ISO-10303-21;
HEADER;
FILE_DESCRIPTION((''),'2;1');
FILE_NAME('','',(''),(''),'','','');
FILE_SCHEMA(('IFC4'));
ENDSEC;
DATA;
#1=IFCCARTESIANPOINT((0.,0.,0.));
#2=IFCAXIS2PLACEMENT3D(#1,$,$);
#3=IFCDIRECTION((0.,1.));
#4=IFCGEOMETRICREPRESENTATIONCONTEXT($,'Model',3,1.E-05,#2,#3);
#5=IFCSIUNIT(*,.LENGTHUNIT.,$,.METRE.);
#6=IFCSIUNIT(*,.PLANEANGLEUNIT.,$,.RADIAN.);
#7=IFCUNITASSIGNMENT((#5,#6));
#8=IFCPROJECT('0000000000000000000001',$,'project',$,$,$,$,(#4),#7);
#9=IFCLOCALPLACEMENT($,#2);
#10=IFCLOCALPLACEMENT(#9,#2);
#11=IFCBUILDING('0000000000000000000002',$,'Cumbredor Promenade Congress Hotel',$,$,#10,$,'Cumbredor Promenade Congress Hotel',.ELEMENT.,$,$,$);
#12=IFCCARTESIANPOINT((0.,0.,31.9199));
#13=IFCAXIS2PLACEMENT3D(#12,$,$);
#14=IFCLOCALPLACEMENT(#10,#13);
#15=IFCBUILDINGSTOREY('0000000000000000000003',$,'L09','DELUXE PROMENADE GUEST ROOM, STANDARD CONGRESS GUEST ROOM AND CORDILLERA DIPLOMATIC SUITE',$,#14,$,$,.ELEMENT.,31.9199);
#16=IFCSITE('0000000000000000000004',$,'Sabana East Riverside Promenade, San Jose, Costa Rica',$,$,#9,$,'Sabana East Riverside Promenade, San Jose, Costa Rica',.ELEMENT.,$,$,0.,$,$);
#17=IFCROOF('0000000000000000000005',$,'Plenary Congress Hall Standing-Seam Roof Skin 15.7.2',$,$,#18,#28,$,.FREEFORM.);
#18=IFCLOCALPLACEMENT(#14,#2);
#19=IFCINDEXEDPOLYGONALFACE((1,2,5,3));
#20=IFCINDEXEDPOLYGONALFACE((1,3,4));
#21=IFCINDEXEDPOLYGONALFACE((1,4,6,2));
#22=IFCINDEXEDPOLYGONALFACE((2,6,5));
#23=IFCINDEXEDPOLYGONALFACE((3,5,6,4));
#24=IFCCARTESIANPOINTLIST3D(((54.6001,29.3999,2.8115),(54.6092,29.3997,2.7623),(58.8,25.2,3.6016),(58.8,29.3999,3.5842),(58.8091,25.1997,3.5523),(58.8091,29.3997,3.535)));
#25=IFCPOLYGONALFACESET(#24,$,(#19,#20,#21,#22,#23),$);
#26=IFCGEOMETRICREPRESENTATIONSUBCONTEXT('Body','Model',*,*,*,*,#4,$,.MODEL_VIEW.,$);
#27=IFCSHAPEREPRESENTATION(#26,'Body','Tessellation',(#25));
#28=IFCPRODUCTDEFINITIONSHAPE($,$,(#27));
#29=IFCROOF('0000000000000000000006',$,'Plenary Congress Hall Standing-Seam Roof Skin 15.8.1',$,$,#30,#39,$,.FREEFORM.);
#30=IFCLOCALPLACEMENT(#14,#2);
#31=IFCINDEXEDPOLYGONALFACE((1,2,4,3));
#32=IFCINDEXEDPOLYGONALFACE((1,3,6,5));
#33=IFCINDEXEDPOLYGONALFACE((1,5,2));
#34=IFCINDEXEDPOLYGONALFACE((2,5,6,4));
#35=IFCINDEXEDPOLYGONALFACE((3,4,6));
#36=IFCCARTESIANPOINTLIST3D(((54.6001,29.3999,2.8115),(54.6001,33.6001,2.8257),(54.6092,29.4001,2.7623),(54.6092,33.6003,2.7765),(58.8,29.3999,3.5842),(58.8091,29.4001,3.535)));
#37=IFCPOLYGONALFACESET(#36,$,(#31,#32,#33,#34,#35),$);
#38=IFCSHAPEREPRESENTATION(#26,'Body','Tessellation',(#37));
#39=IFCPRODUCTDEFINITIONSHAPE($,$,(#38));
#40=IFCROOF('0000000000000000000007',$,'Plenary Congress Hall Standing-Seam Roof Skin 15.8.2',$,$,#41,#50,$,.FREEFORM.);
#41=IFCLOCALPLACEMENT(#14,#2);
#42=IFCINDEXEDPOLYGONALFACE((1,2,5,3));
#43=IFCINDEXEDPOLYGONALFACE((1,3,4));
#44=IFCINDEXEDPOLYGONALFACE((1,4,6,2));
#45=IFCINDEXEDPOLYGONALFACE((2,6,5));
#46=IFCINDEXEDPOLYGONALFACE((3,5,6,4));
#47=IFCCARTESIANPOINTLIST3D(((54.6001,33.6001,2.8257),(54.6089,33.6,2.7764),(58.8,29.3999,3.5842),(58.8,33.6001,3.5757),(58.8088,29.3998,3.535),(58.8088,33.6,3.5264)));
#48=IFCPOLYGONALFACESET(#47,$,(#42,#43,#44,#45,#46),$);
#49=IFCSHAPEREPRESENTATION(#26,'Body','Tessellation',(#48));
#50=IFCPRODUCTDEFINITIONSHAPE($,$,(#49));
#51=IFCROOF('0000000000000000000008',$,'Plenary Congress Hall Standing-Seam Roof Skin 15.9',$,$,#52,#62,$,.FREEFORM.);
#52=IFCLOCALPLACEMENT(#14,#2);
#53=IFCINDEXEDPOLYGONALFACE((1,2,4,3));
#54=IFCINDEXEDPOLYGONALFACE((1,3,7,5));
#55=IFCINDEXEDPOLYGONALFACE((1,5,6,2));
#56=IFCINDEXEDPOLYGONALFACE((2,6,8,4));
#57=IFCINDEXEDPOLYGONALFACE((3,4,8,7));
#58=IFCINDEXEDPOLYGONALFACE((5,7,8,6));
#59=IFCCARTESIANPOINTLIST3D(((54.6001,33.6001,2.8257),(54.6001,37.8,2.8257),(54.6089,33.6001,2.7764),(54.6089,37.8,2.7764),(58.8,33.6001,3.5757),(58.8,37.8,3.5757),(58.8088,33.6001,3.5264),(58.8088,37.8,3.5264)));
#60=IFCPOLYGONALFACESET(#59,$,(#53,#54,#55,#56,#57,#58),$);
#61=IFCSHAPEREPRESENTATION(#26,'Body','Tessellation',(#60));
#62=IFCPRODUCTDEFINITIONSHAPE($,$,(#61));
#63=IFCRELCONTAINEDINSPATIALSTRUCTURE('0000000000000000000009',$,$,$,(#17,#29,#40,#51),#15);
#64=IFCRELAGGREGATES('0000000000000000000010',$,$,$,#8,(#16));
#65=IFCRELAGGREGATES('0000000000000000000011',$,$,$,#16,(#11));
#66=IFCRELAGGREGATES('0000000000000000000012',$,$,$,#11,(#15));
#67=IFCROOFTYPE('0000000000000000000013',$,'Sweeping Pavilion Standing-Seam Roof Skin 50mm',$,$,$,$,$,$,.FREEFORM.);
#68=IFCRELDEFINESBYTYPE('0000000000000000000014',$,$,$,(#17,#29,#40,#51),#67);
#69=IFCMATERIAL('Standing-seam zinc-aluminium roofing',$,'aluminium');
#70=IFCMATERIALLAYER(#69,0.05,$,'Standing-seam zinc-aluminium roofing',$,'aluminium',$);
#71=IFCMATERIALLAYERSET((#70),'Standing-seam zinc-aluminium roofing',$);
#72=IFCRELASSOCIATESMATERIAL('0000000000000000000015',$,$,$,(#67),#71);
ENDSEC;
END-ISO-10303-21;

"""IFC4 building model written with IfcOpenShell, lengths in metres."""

from ifc_helpers import new_model, si_unit, direction, frame, origin, place, context, subcontext, project, spatial, polyline, outline, extrude, material, layer, layer_set, type_object, element, save


model = new_model("IFC4")

# Units and contexts
model_context = context("Model", 3, precision=1e-05, world=origin(), true_north=direction((0.0, 1.0)))
body_context = subcontext(model_context, "Body", "Model", "MODEL_VIEW")
ifc_project = project(units=[si_unit("LENGTHUNIT", "METRE"), si_unit("PLANEANGLEUNIT", "RADIAN")], contexts=[model_context])

# Site, building, storey
site_placement = place(None, origin())
site = spatial("IfcSite", under=ifc_project, at=site_placement, Name="Sabana East Riverside Promenade, San Jose, Costa Rica", LongName="Sabana East Riverside Promenade, San Jose, Costa Rica", CompositionType="ELEMENT", RefElevation=0.0)
building_placement = place(site_placement, origin())
building = spatial("IfcBuilding", under=site, at=building_placement, Name="Cumbredor Promenade Congress Hotel", LongName="Cumbredor Promenade Congress Hotel", CompositionType="ELEMENT")
storey_placement = place(building_placement, frame((0.0, 0.0, 31.9199)))
storey = spatial("IfcBuildingStorey", under=building, at=storey_placement, Name="L09", Description="DELUXE PROMENADE GUEST ROOM, STANDARD CONGRESS GUEST ROOM AND CORDILLERA DIPLOMATIC SUITE", CompositionType="ELEMENT", Elevation=31.9199)

# Roofs
ifc_material_1 = material(Name="Standing-seam zinc-aluminium roofing", Category="aluminium")
ifc_layer_1 = layer(ifc_material_1, 0.05, Name="Standing-seam zinc-aluminium roofing", Category="aluminium")
ifc_layer_set_1 = layer_set([ifc_layer_1], Name="Standing-seam zinc-aluminium roofing")
roof_type = type_object("IfcRoofType", Name="Sweeping Pavilion Standing-Seam Roof Skin 50mm", PredefinedType="FREEFORM", material=ifc_layer_set_1)
roof_1_placement = place(storey_placement, frame((58.8, 25.2, 3.6016), z_axis=(-0.180941, 0.004059, 0.983486), x_axis=(0.0, 0.999991, -0.004127)))
element("IfcRoof", 1, at=roof_1_placement, inside=storey, type_object=roof_type, Name="Plenary Congress Hall Standing-Seam Roof Skin 15.7.2", PredefinedType="FREEFORM", context=body_context, shape_type="SweptSolid", body=[
    extrude(outline(polyline([(0.0, 0.0), (4.2, 0.0), (4.2032, 4.2704), (0.0, 0.0)])), origin(), (0.0, 0.0, -1.0), 0.05),
])
roof_2_placement = place(storey_placement, frame((54.6001, 29.3999, 2.8115), z_axis=(-0.180942, -0.003316, 0.983488), x_axis=(0.983494, 0.0, 0.180943)))
element("IfcRoof", 2, at=roof_2_placement, inside=storey, type_object=roof_type, Name="Plenary Congress Hall Standing-Seam Roof Skin 15.8.1", PredefinedType="FREEFORM", context=body_context, shape_type="SweptSolid", body=[
    extrude(outline(polyline([(0.0, 0.0), (4.2704, 0.0), (0.0026, 4.2002), (0.0, 0.0)])), origin(), (0.0, 0.0, -1.0), 0.05),
])
roof_3_placement = place(storey_placement, frame((58.8, 29.3999, 3.5842), z_axis=(-0.175792, 0.002003, 0.984425), x_axis=(0.0, 0.999998, -0.002034)))
element("IfcRoof", 3, at=roof_3_placement, inside=storey, type_object=roof_type, Name="Plenary Congress Hall Standing-Seam Roof Skin 15.8.2", PredefinedType="FREEFORM", context=body_context, shape_type="SweptSolid", body=[
    extrude(outline(polyline([(0.0, 0.0), (4.2002, 0.0), (4.2017, 4.2664), (0.0, 0.0)])), origin(), (0.0, 0.0, -1.0), 0.05),
])
roof_4_placement = place(storey_placement, frame((54.6001, 33.6001, 2.8257), z_axis=(-0.175793, 0.0, 0.984427), x_axis=(0.984427, 0.0, 0.175793)))
element("IfcRoof", 4, at=roof_4_placement, inside=storey, type_object=roof_type, Name="Plenary Congress Hall Standing-Seam Roof Skin 15.9", PredefinedType="FREEFORM", context=body_context, shape_type="SweptSolid", body=[
    extrude(outline(polyline([(0.0, 0.0), (4.2664, 0.0), (4.2664, 4.2), (0.0, 4.2), (0.0, 0.0)])), origin(), (0.0, 0.0, -1.0), 0.05),
])

save(model, "model.ifc")
